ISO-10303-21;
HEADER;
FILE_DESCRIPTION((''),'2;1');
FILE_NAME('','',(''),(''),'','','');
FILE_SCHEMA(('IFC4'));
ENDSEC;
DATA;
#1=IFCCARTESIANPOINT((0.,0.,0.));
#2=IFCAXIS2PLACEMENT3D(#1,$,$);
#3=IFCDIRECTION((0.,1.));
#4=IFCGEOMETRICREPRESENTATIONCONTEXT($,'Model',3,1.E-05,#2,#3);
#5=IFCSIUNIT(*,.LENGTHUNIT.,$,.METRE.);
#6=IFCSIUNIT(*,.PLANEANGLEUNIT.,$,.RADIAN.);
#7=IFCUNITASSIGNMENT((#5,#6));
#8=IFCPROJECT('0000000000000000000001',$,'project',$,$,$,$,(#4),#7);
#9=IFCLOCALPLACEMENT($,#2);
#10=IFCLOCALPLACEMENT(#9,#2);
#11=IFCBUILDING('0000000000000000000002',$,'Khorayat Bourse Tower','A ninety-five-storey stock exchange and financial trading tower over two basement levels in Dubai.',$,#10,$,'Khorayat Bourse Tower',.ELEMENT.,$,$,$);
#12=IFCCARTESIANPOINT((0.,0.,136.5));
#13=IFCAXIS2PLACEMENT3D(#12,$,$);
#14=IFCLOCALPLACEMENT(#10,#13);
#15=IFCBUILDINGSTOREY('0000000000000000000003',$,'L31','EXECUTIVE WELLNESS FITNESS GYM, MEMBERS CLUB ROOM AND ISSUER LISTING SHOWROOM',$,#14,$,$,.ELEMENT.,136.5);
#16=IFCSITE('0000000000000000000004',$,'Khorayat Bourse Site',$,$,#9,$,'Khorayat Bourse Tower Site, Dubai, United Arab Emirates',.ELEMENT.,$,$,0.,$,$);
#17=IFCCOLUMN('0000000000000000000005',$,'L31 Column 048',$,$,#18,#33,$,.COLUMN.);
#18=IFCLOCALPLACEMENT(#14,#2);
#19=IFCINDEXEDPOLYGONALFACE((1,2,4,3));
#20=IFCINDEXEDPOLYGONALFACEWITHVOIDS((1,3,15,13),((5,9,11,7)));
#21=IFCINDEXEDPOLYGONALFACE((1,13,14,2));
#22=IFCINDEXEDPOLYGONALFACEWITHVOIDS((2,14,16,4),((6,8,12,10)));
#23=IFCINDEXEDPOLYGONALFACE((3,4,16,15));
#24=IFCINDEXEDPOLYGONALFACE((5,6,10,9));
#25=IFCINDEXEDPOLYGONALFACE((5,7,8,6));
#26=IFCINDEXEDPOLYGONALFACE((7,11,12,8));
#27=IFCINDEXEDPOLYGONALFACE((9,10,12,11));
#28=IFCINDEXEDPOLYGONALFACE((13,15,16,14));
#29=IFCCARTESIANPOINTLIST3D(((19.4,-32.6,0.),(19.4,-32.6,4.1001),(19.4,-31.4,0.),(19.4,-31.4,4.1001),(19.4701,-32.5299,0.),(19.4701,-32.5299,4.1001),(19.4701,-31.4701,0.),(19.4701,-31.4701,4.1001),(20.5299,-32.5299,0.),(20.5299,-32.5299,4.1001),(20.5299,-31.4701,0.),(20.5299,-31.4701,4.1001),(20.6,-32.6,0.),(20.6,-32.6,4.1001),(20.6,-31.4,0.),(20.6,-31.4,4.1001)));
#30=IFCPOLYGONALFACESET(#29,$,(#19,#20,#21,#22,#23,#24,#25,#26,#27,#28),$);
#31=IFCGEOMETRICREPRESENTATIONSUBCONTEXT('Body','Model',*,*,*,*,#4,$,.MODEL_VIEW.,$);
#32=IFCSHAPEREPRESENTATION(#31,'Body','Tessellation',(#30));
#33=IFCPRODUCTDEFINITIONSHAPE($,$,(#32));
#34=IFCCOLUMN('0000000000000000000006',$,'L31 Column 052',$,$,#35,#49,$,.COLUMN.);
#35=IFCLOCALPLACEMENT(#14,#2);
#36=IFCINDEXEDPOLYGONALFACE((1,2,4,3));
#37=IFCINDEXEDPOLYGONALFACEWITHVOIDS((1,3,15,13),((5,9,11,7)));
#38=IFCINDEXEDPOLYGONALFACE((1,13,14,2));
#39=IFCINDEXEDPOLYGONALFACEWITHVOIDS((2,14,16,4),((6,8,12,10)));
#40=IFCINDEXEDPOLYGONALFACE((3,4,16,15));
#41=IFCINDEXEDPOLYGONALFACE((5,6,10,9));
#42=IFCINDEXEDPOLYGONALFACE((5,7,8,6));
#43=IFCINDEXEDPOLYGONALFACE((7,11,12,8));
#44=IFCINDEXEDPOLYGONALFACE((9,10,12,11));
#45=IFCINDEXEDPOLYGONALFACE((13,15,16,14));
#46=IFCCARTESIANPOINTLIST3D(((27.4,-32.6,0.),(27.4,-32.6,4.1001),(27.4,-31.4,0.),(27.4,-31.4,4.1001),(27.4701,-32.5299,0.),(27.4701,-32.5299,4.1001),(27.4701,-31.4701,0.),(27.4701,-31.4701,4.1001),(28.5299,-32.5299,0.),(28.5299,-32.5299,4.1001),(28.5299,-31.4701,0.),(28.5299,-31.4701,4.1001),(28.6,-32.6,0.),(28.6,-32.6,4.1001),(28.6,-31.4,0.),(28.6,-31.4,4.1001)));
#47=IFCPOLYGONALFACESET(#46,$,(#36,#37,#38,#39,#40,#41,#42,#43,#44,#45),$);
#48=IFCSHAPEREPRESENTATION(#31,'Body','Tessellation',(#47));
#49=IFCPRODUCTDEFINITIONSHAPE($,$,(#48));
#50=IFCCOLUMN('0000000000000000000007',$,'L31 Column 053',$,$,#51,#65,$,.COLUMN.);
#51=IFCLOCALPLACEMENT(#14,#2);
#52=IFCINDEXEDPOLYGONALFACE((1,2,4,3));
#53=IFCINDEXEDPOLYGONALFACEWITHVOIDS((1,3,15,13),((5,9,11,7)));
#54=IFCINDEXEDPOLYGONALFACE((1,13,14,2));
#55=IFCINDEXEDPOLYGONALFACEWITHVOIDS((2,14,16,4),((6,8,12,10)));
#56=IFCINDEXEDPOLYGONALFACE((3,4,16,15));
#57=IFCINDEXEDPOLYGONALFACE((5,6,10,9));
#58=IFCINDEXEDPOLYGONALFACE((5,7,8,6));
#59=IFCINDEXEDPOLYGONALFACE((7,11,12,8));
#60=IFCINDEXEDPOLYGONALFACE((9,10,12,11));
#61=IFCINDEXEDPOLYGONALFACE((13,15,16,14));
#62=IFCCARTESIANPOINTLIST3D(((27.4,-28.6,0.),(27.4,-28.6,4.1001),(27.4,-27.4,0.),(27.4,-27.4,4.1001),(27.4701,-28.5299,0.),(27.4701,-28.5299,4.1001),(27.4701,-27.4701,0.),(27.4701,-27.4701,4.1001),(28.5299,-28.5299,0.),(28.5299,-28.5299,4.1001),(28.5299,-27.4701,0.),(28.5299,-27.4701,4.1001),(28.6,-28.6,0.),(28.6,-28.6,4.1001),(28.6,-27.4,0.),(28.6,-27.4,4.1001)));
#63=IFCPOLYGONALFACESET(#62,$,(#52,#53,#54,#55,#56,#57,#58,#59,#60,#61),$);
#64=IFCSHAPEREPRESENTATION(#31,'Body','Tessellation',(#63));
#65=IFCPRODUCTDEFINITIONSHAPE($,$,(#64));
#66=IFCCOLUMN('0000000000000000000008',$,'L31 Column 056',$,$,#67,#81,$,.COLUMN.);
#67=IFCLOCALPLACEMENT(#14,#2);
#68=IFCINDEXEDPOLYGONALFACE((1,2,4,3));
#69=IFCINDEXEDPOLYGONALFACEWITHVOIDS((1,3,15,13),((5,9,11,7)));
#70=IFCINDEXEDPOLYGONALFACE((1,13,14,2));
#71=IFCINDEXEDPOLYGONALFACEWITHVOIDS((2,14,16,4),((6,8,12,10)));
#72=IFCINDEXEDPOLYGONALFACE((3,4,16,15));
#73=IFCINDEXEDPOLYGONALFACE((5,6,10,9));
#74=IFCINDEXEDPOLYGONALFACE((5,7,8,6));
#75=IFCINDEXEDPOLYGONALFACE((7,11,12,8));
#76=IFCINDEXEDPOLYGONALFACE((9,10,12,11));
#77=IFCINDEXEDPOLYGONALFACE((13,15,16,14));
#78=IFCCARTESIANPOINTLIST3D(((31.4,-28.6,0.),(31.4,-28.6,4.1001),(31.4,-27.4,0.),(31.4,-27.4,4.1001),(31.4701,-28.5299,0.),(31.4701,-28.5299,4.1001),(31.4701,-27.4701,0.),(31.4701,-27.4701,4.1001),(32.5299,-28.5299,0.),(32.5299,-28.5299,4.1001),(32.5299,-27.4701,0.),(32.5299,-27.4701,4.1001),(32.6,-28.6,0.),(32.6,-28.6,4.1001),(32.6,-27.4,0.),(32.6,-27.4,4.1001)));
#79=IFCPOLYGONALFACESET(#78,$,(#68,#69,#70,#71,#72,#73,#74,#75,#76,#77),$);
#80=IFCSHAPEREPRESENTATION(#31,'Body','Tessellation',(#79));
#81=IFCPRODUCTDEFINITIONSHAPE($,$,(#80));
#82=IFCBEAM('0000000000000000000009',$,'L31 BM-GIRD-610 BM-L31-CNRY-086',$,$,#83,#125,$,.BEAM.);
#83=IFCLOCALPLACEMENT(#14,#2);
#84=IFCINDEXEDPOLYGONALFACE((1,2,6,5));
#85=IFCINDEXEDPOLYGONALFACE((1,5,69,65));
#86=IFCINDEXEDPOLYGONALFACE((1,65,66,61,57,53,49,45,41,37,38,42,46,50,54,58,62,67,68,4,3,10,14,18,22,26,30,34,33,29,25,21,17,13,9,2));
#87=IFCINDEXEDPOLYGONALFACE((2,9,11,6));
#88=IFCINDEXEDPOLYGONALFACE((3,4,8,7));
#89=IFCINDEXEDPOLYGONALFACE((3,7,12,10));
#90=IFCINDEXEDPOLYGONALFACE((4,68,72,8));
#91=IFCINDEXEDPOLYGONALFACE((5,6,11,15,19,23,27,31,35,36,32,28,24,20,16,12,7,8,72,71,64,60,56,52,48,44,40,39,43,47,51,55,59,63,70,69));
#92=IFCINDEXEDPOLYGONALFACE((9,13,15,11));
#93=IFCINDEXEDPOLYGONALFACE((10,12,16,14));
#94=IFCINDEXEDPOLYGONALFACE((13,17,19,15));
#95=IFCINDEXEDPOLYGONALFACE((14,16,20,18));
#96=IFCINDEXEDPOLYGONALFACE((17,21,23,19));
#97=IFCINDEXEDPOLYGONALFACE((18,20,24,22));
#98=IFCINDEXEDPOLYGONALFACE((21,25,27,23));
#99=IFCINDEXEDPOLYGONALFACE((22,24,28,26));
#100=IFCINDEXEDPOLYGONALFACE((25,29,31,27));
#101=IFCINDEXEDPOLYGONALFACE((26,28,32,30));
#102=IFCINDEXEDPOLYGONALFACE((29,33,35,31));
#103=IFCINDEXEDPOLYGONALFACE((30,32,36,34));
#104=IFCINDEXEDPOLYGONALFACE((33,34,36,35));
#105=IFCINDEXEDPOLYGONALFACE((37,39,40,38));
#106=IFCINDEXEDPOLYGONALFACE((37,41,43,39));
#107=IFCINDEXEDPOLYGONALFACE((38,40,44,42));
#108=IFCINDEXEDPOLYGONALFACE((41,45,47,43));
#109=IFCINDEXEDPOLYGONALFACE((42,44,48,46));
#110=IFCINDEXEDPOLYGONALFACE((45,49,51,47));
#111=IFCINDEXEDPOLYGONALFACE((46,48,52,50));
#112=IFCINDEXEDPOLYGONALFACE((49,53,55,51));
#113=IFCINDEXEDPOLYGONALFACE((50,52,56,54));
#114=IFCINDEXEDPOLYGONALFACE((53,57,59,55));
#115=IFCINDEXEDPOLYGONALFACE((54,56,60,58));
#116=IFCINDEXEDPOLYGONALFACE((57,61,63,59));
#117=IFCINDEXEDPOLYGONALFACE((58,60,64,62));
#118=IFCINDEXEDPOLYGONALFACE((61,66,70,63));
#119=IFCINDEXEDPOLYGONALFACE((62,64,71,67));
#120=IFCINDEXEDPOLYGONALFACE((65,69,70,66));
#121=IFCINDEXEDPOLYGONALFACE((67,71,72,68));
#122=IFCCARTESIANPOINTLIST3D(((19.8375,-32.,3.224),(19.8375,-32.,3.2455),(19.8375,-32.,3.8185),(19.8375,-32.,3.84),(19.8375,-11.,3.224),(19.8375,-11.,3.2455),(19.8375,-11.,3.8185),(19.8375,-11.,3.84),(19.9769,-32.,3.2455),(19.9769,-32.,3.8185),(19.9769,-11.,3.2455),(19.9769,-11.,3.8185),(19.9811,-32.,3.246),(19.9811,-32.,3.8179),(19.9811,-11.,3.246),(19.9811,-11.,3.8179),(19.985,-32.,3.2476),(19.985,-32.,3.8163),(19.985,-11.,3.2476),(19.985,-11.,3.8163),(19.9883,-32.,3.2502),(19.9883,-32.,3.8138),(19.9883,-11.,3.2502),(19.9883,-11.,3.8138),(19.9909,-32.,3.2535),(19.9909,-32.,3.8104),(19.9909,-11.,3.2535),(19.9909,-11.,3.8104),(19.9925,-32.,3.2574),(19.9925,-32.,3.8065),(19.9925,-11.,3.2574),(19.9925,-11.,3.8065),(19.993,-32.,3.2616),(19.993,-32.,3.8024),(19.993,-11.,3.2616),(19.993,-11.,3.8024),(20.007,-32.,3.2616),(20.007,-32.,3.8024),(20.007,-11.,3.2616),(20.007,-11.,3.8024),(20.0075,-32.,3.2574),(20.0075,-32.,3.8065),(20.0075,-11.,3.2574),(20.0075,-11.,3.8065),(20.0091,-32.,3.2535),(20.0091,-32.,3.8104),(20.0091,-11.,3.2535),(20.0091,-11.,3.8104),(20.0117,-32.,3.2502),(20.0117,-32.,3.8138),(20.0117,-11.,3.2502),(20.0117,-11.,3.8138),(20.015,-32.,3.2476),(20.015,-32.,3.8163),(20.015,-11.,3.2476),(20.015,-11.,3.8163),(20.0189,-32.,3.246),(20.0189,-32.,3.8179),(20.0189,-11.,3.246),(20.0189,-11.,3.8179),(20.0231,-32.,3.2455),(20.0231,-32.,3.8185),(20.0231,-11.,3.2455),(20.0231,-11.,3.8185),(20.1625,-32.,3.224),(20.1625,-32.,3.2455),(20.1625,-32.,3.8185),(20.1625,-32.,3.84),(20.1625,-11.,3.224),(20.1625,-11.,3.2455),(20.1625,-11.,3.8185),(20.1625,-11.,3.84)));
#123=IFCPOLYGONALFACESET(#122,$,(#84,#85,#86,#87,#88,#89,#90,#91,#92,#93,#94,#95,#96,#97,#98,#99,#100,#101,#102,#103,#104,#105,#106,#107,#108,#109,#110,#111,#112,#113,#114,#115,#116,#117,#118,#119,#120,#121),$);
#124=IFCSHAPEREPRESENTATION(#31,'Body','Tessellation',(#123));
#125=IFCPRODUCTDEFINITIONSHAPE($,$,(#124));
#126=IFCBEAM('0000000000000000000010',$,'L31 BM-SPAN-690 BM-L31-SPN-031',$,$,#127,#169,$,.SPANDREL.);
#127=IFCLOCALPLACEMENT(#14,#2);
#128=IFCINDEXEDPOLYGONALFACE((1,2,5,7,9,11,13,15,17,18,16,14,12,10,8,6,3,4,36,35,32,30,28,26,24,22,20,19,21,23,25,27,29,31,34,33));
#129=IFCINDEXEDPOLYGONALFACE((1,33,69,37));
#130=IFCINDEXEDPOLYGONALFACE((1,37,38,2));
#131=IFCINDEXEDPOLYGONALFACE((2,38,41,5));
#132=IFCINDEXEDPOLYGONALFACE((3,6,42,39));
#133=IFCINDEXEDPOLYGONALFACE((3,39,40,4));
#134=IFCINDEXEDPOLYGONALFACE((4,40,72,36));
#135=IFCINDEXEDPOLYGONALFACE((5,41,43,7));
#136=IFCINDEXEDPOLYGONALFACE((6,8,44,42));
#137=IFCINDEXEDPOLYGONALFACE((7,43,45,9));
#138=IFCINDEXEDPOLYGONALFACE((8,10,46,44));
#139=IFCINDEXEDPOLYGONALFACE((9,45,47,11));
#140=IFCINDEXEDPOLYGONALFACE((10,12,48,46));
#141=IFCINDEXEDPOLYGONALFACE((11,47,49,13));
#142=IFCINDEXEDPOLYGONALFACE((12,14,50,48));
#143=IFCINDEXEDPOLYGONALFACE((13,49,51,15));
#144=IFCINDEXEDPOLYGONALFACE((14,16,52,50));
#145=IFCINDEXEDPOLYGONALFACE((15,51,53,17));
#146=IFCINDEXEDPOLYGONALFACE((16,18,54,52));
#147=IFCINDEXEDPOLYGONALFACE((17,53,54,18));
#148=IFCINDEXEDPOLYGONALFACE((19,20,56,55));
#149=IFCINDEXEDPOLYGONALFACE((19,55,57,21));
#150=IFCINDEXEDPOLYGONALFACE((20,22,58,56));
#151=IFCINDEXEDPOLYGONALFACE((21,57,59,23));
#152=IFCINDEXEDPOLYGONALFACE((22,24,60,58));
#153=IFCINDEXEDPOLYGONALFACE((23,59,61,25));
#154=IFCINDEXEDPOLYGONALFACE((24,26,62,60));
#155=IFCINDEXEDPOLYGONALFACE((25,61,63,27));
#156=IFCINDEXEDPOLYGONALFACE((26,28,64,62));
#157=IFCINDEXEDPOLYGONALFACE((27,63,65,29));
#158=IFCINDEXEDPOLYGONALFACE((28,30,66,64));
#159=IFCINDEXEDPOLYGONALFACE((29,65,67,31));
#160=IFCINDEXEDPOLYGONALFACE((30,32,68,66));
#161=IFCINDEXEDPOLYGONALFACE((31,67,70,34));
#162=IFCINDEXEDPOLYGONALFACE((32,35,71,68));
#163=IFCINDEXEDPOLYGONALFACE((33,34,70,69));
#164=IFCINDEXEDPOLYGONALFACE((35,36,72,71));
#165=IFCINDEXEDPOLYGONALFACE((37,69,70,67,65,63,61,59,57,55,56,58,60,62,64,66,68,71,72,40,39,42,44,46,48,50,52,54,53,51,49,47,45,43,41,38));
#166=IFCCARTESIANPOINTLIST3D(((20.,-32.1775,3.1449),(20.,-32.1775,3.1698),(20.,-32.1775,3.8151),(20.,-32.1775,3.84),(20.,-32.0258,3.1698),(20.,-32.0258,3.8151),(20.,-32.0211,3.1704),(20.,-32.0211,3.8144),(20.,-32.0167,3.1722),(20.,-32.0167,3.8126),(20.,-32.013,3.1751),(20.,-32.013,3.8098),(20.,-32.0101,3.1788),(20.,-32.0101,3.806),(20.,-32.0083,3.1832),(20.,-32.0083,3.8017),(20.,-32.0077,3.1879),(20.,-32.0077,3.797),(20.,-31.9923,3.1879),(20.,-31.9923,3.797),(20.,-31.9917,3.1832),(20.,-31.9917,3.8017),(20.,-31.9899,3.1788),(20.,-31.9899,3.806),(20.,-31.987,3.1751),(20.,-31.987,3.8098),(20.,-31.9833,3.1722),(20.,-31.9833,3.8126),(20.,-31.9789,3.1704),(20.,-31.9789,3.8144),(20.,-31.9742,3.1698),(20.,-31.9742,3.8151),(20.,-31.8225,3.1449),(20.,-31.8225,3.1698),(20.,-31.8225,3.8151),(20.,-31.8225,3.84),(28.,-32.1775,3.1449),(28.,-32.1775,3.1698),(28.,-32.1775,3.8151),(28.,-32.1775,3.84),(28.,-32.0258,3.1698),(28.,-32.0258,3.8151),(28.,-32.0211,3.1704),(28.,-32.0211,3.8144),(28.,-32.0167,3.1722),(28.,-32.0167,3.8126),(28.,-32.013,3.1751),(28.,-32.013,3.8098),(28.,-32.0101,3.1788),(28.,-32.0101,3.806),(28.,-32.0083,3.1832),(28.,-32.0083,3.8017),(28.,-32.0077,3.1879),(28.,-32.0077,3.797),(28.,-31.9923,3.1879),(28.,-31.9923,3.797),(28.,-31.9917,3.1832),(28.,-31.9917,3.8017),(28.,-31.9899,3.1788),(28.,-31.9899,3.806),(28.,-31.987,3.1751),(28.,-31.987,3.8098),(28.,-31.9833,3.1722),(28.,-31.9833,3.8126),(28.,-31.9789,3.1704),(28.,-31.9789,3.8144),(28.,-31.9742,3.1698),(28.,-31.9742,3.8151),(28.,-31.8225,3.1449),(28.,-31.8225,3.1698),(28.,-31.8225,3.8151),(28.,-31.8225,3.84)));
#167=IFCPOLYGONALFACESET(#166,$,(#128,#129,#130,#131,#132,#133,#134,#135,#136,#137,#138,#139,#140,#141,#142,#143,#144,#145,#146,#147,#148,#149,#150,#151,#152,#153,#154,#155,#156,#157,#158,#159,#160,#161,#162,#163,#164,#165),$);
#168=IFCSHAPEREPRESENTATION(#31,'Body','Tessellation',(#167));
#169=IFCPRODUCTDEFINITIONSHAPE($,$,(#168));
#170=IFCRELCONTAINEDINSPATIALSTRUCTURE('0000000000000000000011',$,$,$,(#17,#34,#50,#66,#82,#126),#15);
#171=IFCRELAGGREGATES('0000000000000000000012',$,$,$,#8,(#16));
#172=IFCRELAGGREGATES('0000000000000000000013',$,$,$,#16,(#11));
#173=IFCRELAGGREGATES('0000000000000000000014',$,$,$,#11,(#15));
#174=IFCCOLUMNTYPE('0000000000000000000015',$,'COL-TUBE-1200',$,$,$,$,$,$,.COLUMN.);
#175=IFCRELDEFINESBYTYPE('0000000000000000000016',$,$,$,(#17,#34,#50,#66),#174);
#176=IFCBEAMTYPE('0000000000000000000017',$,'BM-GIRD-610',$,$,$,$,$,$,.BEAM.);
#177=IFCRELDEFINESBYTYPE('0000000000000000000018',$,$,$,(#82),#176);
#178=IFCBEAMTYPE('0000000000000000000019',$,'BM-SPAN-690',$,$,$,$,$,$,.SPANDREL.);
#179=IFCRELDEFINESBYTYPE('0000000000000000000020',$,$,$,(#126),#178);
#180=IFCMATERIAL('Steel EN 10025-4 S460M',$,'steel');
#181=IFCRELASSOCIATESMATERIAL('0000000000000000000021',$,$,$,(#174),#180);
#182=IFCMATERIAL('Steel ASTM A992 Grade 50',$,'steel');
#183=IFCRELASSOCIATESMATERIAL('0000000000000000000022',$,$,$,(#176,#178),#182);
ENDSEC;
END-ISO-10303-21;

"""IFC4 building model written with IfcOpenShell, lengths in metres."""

from ifc_helpers import new_model, si_unit, direction, frame, origin, origin_2d, place, context, subcontext, project, spatial, hollow_rectangle, i_section, extrude, source, transform, mapped, material, material_profile, profile_set, type_object, element, save


model = new_model("IFC4")

# Units and contexts
model_context = context("Model", 3, precision=1e-05, world=origin(), true_north=direction((0.0, 1.0)))
body_context = subcontext(model_context, "Body", "Model", "MODEL_VIEW")
ifc_project = project(units=[si_unit("LENGTHUNIT", "METRE"), si_unit("PLANEANGLEUNIT", "RADIAN")], contexts=[model_context])

# Site, building, storey
site_placement = place(None, origin())
site = spatial("IfcSite", under=ifc_project, at=site_placement, Name="Khorayat Bourse Site", LongName="Khorayat Bourse Tower Site, Dubai, United Arab Emirates", CompositionType="ELEMENT", RefElevation=0.0)
building_placement = place(site_placement, origin())
building = spatial("IfcBuilding", under=site, at=building_placement, Name="Khorayat Bourse Tower", Description="A ninety-five-storey stock exchange and financial trading tower over two basement levels in Dubai.", LongName="Khorayat Bourse Tower", CompositionType="ELEMENT")
storey_placement = place(building_placement, frame((0.0, 0.0, 136.5)))
storey = spatial("IfcBuildingStorey", under=building, at=storey_placement, Name="L31", Description="EXECUTIVE WELLNESS FITNESS GYM, MEMBERS CLUB ROOM AND ISSUER LISTING SHOWROOM", CompositionType="ELEMENT", Elevation=136.5)

# Columns
ifc_material_1 = material(Name="Steel EN 10025-4 S460M", Category="steel")
ifc_material_profile_1 = material_profile(ifc_material_1, hollow_rectangle(XDim=1.2, YDim=1.2, WallThickness=0.0701, at=origin_2d()), Name="BOX 1200x1200x70")
ifc_profile_set_1 = profile_set([ifc_material_profile_1], Name="Steel EN 10025-4 S460M")
column_type = type_object("IfcColumnType", Name="COL-TUBE-1200", PredefinedType="COLUMN", material=ifc_profile_set_1)
shared_shape_1 = source(origin(), body_context, "Body", "SweptSolid", [
    extrude(hollow_rectangle(XDim=1.2, YDim=1.2, WallThickness=0.0701, at=origin_2d()), origin(), (0.0, 0.0, 1.0), 4.1001),
])
for number, where, z_axis, x_axis, name in (
    (1, (20.0, -32.0, 0.0), (0.0, 0.0, 1.0), (1.0, 0.0, 0.0), "L31 Column 048"),
    (2, (28.0, -32.0, 0.0), (0.0, 0.0, 1.0), (1.0, 0.0, 0.0), "L31 Column 052"),
    (3, (28.0, -28.0, 0.0), (0.0, 0.0, 1.0), (1.0, 0.0, 0.0), "L31 Column 053"),
    (4, (32.0, -28.0, 0.0), (0.0, 0.0, 1.0), (1.0, 0.0, 0.0), "L31 Column 056"),
):
    element("IfcColumn", number, at=place(storey_placement, frame(where, z_axis=z_axis, x_axis=x_axis)), inside=storey, type_object=column_type, Name=name, PredefinedType="COLUMN", context=body_context, shape_type="MappedRepresentation", body=[
        mapped(shared_shape_1, transform((0.0, 0.0, 0.0), scale=1.0)),
    ])

# Beams
ifc_material_2 = material(Name="Steel ASTM A992 Grade 50", Category="steel")
ifc_material_profile_2 = material_profile(ifc_material_2, i_section(OverallWidth=0.325, OverallDepth=0.616, WebThickness=0.0139, FlangeThickness=0.0215, FilletRadius=0.0161, at=origin_2d()), Name="W610X174")
ifc_profile_set_2 = profile_set([ifc_material_profile_2], Name="Steel ASTM A992 Grade 50")
beam_type_1 = type_object("IfcBeamType", Name="BM-GIRD-610", PredefinedType="BEAM", material=ifc_profile_set_2)
shared_shape_2 = source(origin(), body_context, "Body", "SweptSolid", [
    extrude(i_section(OverallWidth=0.325, OverallDepth=0.616, WebThickness=0.0139, FlangeThickness=0.0215, FilletRadius=0.0161, at=origin_2d()), origin(), (0.0, 0.0, 1.0), 21.0),
])
beam_1_placement = place(storey_placement, frame((20.0, -32.0, 3.532), z_axis=(0.0, 1.0, 0.0), x_axis=(-1.0, 0.0, 0.0)))
element("IfcBeam", 5, at=beam_1_placement, inside=storey, type_object=beam_type_1, Name="L31 BM-GIRD-610 BM-L31-CNRY-086", PredefinedType="BEAM", context=body_context, shape_type="MappedRepresentation", body=[
    mapped(shared_shape_2, transform((0.0, 0.0, 0.0), scale=1.0)),
])
ifc_material_profile_3 = material_profile(ifc_material_2, i_section(OverallWidth=0.355, OverallDepth=0.6951, WebThickness=0.0154, FlangeThickness=0.0249, FilletRadius=0.0181, at=origin_2d()), Name="W690X217")
ifc_profile_set_3 = profile_set([ifc_material_profile_3], Name="Steel ASTM A992 Grade 50")
beam_type_2 = type_object("IfcBeamType", Name="BM-SPAN-690", PredefinedType="SPANDREL", material=ifc_profile_set_3)
shared_shape_3 = source(origin(), body_context, "Body", "SweptSolid", [
    extrude(i_section(OverallWidth=0.355, OverallDepth=0.6951, WebThickness=0.0154, FlangeThickness=0.0249, FilletRadius=0.0181, at=origin_2d()), origin(), (0.0, 0.0, 1.0), 8.0),
])
for number, where, z_axis, x_axis, name in (
    (6, (20.0, -32.0, 3.4924), (1.0, 0.0, 0.0), (0.0, 1.0, 0.0), "L31 BM-SPAN-690 BM-L31-SPN-031"),
):
    element("IfcBeam", number, at=place(storey_placement, frame(where, z_axis=z_axis, x_axis=x_axis)), inside=storey, type_object=beam_type_2, Name=name, PredefinedType="SPANDREL", context=body_context, shape_type="MappedRepresentation", body=[
        mapped(shared_shape_3, transform((0.0, 0.0, 0.0), scale=1.0)),
    ])

save(model, "model.ifc")
